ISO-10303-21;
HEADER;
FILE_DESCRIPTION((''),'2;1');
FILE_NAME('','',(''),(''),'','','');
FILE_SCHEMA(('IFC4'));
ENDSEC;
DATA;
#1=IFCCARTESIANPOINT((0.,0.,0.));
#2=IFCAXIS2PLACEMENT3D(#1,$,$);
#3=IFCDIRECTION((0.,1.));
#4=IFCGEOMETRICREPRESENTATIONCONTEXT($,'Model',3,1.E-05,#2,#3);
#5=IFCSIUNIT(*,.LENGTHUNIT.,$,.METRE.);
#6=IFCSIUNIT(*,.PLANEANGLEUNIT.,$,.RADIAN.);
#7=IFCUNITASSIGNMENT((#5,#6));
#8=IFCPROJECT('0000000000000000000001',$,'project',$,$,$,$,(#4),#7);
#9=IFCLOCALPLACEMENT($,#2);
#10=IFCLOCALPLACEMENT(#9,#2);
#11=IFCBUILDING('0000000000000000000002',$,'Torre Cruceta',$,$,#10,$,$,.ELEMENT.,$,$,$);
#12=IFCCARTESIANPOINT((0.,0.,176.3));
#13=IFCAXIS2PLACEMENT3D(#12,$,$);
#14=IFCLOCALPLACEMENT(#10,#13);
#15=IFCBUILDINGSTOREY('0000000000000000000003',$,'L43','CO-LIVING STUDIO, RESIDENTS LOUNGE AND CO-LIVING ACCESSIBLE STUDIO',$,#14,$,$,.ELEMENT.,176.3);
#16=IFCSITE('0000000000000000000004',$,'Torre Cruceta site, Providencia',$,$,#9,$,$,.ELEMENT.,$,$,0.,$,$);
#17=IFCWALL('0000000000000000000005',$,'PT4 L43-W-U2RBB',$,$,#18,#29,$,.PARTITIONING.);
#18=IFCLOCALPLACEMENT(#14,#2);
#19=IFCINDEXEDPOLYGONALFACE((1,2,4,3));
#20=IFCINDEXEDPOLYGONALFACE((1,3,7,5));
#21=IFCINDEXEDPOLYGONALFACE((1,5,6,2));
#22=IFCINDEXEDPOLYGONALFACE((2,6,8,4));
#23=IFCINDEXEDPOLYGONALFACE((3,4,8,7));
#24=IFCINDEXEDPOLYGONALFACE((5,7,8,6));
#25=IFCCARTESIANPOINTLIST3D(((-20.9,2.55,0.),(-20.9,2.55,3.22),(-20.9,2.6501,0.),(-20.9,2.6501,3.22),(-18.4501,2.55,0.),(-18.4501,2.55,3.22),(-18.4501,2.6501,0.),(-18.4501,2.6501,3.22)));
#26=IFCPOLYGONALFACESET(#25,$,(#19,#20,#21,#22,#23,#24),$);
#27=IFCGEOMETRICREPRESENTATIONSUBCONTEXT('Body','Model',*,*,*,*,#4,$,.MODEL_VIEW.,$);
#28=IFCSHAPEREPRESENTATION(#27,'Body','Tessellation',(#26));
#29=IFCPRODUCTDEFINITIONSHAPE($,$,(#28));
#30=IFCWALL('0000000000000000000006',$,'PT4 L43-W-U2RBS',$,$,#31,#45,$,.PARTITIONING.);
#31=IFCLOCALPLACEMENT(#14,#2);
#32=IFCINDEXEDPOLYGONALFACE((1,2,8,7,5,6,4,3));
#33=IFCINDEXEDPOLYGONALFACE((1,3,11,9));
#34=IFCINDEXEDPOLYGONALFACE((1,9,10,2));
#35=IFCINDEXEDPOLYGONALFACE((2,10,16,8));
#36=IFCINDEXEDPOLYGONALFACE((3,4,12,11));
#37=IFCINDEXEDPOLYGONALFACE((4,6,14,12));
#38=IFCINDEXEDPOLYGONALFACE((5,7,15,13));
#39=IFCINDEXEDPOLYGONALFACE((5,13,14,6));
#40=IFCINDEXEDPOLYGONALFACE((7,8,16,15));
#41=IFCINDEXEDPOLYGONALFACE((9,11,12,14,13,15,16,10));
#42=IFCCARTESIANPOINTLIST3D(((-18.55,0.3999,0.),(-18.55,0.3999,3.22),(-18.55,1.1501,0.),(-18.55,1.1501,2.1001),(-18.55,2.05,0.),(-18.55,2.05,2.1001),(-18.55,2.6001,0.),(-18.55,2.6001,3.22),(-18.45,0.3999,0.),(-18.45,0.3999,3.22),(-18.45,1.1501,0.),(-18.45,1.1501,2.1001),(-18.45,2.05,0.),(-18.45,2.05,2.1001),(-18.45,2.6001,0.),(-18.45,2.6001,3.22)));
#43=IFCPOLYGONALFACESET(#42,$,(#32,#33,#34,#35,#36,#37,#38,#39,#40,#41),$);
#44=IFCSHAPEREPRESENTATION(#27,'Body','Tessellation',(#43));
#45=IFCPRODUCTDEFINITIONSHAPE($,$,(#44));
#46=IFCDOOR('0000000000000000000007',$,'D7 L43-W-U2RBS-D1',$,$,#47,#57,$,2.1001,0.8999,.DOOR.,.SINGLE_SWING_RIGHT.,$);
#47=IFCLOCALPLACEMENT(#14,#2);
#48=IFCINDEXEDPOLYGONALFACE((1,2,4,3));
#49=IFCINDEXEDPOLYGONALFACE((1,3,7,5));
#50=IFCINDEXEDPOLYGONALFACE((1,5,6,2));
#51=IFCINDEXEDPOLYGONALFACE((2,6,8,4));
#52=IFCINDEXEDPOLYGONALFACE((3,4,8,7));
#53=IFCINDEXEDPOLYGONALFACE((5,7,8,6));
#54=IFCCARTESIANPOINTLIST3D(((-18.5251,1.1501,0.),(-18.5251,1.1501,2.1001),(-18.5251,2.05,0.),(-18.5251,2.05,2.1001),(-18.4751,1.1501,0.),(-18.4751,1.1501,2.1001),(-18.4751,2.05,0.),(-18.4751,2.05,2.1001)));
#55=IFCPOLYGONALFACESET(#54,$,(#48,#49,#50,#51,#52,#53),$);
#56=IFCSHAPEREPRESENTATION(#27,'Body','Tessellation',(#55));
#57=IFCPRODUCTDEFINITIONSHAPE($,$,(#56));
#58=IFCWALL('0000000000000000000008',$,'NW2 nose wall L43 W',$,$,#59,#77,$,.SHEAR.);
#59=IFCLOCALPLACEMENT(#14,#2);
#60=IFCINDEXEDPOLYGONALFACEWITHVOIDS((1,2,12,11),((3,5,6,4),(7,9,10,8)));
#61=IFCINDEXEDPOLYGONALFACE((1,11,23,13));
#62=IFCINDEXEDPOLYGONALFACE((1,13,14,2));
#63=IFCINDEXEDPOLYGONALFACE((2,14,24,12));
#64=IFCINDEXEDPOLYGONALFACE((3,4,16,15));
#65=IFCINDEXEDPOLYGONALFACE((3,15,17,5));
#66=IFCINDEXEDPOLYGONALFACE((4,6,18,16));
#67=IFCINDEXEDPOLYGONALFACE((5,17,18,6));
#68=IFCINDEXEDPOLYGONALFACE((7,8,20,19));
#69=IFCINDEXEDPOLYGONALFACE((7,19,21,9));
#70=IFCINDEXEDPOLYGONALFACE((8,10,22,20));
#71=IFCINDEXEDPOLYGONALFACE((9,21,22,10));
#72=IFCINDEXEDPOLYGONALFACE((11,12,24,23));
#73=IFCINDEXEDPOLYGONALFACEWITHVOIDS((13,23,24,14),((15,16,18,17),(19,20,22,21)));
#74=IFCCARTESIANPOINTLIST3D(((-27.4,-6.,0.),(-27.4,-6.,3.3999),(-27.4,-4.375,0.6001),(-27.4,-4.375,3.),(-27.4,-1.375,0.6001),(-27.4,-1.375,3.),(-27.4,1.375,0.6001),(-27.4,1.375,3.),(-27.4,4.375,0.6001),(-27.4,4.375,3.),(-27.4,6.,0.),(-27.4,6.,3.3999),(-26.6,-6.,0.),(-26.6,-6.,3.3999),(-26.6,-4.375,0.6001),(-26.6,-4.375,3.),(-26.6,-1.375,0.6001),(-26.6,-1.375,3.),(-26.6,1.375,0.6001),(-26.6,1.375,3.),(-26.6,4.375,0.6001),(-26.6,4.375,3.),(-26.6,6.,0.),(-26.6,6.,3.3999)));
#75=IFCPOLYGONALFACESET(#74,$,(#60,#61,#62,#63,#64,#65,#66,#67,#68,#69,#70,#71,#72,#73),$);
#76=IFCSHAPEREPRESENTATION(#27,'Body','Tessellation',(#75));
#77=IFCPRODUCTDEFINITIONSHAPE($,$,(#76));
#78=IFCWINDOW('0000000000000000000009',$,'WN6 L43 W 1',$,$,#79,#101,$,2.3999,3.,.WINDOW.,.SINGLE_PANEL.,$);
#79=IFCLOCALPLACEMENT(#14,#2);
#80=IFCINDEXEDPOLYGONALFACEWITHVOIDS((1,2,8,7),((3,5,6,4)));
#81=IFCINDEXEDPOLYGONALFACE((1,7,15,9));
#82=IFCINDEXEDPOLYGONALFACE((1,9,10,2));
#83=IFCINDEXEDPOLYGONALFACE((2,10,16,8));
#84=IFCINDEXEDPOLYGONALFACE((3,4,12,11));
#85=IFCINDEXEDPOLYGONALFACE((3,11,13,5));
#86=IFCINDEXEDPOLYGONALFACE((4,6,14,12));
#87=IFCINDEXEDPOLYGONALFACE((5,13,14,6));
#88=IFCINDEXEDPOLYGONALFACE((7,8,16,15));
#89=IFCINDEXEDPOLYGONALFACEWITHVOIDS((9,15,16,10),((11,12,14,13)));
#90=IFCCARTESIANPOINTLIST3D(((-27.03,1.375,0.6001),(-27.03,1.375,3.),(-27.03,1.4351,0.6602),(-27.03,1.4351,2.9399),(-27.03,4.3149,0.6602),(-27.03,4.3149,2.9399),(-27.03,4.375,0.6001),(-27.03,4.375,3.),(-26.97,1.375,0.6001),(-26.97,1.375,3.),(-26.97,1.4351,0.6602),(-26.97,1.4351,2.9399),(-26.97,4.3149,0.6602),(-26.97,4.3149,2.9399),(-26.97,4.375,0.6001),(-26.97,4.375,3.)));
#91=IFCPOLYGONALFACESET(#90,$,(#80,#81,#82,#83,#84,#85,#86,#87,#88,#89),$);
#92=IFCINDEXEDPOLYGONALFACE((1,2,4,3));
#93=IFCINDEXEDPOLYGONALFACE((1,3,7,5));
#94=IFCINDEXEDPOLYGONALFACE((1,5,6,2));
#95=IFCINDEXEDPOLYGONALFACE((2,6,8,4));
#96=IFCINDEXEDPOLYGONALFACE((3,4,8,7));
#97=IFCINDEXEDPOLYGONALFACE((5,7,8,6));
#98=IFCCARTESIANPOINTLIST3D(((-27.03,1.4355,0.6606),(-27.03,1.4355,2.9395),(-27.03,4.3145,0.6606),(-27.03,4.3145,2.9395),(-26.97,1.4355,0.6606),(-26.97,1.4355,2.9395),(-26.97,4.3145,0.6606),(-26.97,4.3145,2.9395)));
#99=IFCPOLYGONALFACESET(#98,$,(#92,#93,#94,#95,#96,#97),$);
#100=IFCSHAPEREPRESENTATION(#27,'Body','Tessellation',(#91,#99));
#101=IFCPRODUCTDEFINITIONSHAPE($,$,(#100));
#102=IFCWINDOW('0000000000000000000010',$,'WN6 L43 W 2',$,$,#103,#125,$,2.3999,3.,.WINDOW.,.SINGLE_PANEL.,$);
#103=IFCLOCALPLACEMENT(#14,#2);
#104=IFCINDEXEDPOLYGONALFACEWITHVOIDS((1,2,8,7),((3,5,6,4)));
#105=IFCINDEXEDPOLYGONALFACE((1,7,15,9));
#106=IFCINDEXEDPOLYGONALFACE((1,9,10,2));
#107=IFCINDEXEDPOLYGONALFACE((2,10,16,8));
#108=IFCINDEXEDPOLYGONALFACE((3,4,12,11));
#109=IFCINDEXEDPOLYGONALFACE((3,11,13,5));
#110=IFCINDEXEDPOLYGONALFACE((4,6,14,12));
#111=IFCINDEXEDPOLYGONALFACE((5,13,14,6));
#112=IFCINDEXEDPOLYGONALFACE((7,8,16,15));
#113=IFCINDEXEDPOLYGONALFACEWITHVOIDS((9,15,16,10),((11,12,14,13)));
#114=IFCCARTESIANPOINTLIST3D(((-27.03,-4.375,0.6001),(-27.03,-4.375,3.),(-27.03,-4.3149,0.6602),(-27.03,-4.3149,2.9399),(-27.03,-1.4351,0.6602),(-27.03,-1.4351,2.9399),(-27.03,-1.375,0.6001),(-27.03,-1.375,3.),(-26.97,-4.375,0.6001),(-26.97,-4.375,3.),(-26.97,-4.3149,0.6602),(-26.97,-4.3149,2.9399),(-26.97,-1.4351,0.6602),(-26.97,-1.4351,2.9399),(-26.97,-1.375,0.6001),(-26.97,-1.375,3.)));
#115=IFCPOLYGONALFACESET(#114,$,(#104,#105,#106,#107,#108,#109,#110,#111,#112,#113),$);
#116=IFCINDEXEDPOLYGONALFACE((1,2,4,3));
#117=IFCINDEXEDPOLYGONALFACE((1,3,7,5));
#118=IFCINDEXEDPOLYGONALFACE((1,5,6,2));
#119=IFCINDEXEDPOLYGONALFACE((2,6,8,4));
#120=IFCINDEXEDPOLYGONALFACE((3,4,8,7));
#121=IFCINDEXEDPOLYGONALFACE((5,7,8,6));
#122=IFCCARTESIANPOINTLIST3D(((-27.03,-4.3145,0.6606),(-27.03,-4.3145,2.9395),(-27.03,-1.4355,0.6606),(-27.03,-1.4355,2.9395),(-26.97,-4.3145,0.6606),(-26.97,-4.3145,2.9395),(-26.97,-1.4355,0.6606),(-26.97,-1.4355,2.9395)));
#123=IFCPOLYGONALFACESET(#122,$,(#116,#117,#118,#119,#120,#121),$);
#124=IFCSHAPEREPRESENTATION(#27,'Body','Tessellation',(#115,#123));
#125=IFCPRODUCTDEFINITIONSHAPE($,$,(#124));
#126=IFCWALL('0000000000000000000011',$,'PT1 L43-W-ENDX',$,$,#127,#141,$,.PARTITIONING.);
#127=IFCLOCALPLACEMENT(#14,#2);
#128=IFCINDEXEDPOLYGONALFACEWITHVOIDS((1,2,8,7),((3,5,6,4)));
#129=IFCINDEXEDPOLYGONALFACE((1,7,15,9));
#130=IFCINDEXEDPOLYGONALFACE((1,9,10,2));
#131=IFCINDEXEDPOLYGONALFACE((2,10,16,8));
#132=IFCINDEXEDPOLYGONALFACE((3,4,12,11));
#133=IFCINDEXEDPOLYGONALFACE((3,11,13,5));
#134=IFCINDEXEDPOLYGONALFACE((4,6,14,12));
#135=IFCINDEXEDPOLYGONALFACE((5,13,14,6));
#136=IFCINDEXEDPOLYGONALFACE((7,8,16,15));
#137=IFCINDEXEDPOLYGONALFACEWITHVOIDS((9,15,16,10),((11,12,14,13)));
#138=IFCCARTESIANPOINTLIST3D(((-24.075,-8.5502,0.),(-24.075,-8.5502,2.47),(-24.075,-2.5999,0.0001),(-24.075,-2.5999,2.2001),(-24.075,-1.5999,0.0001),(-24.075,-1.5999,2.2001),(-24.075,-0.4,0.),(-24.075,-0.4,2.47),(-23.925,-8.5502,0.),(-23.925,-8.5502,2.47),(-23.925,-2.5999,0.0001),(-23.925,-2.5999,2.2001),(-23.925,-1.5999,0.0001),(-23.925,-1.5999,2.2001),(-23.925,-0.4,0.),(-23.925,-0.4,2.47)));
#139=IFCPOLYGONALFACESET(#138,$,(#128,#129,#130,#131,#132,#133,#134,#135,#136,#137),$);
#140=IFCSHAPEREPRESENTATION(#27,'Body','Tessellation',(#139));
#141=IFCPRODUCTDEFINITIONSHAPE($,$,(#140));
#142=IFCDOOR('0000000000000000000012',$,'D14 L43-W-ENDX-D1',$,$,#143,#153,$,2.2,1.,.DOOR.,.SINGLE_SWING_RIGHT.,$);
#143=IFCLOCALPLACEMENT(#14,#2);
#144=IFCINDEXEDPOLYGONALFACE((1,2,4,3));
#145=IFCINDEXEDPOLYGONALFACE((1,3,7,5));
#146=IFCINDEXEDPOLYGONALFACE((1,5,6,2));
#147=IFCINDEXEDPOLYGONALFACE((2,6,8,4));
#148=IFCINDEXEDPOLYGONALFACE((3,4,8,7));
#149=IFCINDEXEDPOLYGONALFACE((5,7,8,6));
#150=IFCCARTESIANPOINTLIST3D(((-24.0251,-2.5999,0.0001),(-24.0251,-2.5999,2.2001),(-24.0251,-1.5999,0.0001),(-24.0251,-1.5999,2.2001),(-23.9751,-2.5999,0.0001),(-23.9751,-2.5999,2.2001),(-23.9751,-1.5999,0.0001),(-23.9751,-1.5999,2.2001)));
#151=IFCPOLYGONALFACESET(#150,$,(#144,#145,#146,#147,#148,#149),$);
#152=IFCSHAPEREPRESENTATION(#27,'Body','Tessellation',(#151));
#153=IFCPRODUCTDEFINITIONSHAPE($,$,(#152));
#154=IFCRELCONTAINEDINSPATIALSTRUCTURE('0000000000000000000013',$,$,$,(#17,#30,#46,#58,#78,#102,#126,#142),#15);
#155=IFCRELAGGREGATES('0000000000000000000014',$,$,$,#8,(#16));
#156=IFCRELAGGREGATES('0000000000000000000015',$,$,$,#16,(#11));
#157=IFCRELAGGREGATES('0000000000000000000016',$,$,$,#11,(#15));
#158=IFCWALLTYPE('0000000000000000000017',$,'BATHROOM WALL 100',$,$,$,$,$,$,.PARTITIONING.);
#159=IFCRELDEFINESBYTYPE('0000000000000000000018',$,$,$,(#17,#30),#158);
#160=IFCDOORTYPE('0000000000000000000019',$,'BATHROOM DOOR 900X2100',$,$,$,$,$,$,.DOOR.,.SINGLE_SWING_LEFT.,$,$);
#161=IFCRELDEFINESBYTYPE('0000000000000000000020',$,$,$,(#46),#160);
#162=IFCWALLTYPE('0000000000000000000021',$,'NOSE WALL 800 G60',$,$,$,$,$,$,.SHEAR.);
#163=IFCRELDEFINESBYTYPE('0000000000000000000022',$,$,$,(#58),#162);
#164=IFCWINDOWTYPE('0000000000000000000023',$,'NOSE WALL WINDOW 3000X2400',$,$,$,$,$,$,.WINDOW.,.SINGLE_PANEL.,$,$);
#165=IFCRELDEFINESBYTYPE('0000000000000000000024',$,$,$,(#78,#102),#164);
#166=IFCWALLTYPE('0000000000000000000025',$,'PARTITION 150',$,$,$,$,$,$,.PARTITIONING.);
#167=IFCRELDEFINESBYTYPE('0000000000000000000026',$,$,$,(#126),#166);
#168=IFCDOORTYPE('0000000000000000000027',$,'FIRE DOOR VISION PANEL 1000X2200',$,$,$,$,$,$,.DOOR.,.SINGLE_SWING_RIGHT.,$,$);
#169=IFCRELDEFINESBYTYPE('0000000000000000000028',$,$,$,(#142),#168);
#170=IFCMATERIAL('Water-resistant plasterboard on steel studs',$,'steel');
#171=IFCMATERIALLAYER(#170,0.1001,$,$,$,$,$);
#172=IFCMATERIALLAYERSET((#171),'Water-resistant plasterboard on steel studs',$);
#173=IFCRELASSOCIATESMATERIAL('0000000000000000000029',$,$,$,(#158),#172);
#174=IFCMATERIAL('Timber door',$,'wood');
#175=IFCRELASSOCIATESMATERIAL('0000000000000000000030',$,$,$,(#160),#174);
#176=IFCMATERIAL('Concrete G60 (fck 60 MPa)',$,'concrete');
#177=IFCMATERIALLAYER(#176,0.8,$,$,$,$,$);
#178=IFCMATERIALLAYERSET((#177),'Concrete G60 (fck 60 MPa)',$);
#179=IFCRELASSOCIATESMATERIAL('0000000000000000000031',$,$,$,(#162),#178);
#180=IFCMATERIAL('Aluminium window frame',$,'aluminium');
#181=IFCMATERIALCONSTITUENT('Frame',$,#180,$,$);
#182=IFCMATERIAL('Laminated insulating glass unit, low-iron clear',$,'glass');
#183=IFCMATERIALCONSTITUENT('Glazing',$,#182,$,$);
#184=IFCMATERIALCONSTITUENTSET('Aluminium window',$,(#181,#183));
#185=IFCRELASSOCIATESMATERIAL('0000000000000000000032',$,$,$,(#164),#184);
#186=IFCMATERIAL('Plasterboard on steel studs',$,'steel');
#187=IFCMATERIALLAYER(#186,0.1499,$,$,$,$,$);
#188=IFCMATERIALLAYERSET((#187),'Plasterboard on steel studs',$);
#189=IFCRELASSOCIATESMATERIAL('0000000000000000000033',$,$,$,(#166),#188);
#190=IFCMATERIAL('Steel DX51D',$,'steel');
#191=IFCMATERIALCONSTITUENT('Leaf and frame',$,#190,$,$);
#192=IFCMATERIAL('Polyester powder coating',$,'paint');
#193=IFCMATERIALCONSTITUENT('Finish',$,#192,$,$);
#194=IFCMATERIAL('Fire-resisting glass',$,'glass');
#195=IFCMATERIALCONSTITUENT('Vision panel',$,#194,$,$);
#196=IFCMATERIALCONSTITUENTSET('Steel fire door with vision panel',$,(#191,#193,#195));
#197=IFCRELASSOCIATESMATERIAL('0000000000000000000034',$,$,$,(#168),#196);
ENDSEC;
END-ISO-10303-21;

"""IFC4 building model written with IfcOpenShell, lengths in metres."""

from ifc_helpers import new_model, si_unit, direction, frame, frame_2d, origin, place, context, subcontext, project, spatial, rectangle, hollow_rectangle, extrude, material, layer, layer_set, constituent, constituent_set, type_object, element, fill, save


model = new_model("IFC4")

# Units and contexts
model_context = context("Model", 3, precision=1e-05, world=origin(), true_north=direction((0.0, 1.0)))
body_context = subcontext(model_context, "Body", "Model", "MODEL_VIEW")
ifc_project = project(units=[si_unit("LENGTHUNIT", "METRE"), si_unit("PLANEANGLEUNIT", "RADIAN")], contexts=[model_context])

# Site, building, storey
site_placement = place(None, origin())
site = spatial("IfcSite", under=ifc_project, at=site_placement, Name="Torre Cruceta site, Providencia", CompositionType="ELEMENT", RefElevation=0.0)
building_placement = place(site_placement, origin())
building = spatial("IfcBuilding", under=site, at=building_placement, Name="Torre Cruceta", CompositionType="ELEMENT")
storey_placement = place(building_placement, frame((0.0, 0.0, 176.3)))
storey = spatial("IfcBuildingStorey", under=building, at=storey_placement, Name="L43", Description="CO-LIVING STUDIO, RESIDENTS LOUNGE AND CO-LIVING ACCESSIBLE STUDIO", CompositionType="ELEMENT", Elevation=176.3)

# Wall
ifc_material_1 = material(Name="Water-resistant plasterboard on steel studs", Category="steel")
ifc_layer_1 = layer(ifc_material_1, 0.1001)
ifc_layer_set_1 = layer_set([ifc_layer_1], Name="Water-resistant plasterboard on steel studs")
wall_type_1 = type_object("IfcWallType", Name="BATHROOM WALL 100", PredefinedType="PARTITIONING", material=ifc_layer_set_1)
wall_1_placement = place(storey_placement, frame((-18.45, 2.6001, 0.0), z_axis=(0.0, 0.0, 1.0), x_axis=(-1.0, 0.0, 0.0)))
element("IfcWall", 1, at=wall_1_placement, inside=storey, type_object=wall_type_1, Name="PT4 L43-W-U2RBB", PredefinedType="PARTITIONING", context=body_context, shape_type="SweptSolid", body=[
    extrude(rectangle(XDim=2.45, YDim=0.1001, at=frame_2d((1.2251, 0.0))), origin(), (0.0, 0.0, 1.0), 3.22),
])

# Wall, opening, door
wall_2_placement = place(storey_placement, frame((-18.5, 2.6001, 0.0), z_axis=(0.0, 0.0, 1.0), x_axis=(0.0, -1.0, 0.0)))
wall_2 = element("IfcWall", 2, at=wall_2_placement, inside=storey, type_object=wall_type_1, Name="PT4 L43-W-U2RBS", PredefinedType="PARTITIONING", context=body_context, shape_type="SweptSolid", body=[
    extrude(rectangle(XDim=2.2002, YDim=0.1001, at=frame_2d((1.1001, 0.0))), origin(), (0.0, 0.0, 1.0), 3.22),
])
opening_1_placement = place(wall_2_placement, frame((0.55, 0.0, 0.0)))
opening_1 = element("IfcOpeningElement", 3, at=opening_1_placement, cuts=wall_2, PredefinedType="OPENING", context=body_context, shape_type="SweptSolid", body=[
    extrude(rectangle(XDim=0.8999, YDim=2.1001, at=frame_2d((0.45, 1.05))), frame((0.0, 0.0601, 0.0), z_axis=(0.0, -1.0, 0.0), x_axis=(1.0, 0.0, 0.0)), (0.0, 0.0, 1.0), 0.1201),
])
ifc_material_2 = material(Name="Timber door", Category="wood")
door_type_1 = type_object("IfcDoorType", Name="BATHROOM DOOR 900X2100", OperationType="SINGLE_SWING_LEFT", PredefinedType="DOOR", material=ifc_material_2)
door_1_placement = place(opening_1_placement, frame((0.8999, 0.0, 0.0), z_axis=(0.0, 0.0, 1.0), x_axis=(-1.0, 0.0, 0.0)))
door_1 = element("IfcDoor", 4, at=door_1_placement, inside=storey, type_object=door_type_1, Name="D7 L43-W-U2RBS-D1", OperationType="SINGLE_SWING_RIGHT", OverallHeight=2.1001, OverallWidth=0.8999, PredefinedType="DOOR", context=body_context, shape_type="SweptSolid", body=[
    extrude(rectangle(XDim=0.8999, YDim=2.1001, at=frame_2d((0.45, 1.05))), frame((0.0, 0.0251, 0.0), z_axis=(0.0, -1.0, 0.0), x_axis=(1.0, 0.0, 0.0)), (0.0, 0.0, 1.0), 0.05),
])
fill(opening_1, door_1)

# Wall, openings, windows
ifc_material_3 = material(Name="Concrete G60 (fck 60 MPa)", Category="concrete")
ifc_layer_2 = layer(ifc_material_3, 0.8)
ifc_layer_set_2 = layer_set([ifc_layer_2], Name="Concrete G60 (fck 60 MPa)")
wall_type_2 = type_object("IfcWallType", Name="NOSE WALL 800 G60", PredefinedType="SHEAR", material=ifc_layer_set_2)
wall_3_placement = place(storey_placement, frame((-27.0, 6.0, 0.0), z_axis=(0.0, 0.0, 1.0), x_axis=(0.0, -1.0, 0.0)))
wall_3 = element("IfcWall", 5, at=wall_3_placement, inside=storey, type_object=wall_type_2, Name="NW2 nose wall L43 W", PredefinedType="SHEAR", context=body_context, shape_type="SweptSolid", body=[
    extrude(rectangle(XDim=12.0, YDim=0.8, at=frame_2d((6.0, 0.0))), origin(), (0.0, 0.0, 1.0), 3.3999),
])
opening_2_placement = place(wall_3_placement, frame((1.625, 0.0, 0.6001)))
opening_2 = element("IfcOpeningElement", 6, at=opening_2_placement, cuts=wall_3, PredefinedType="OPENING", context=body_context, shape_type="SweptSolid", body=[
    extrude(rectangle(XDim=3.0, YDim=2.3999, at=frame_2d((1.5, 1.2))), frame((0.0, 0.4099, 0.0), z_axis=(0.0, -1.0, 0.0), x_axis=(1.0, 0.0, 0.0)), (0.0, 0.0, 1.0), 0.8201),
])
opening_3_placement = place(wall_3_placement, frame((7.375, 0.0, 0.6001)))
opening_3 = element("IfcOpeningElement", 7, at=opening_3_placement, cuts=wall_3, PredefinedType="OPENING", context=body_context, shape_type="SweptSolid", body=[
    extrude(rectangle(XDim=3.0, YDim=2.3999, at=frame_2d((1.5, 1.2))), frame((0.0, 0.4099, 0.0), z_axis=(0.0, -1.0, 0.0), x_axis=(1.0, 0.0, 0.0)), (0.0, 0.0, 1.0), 0.8201),
])
ifc_material_4 = material(Name="Aluminium window frame", Category="aluminium")
ifc_constituent_1 = constituent(ifc_material_4, Name="Frame")
ifc_material_5 = material(Name="Laminated insulating glass unit, low-iron clear", Category="glass")
ifc_constituent_2 = constituent(ifc_material_5, Name="Glazing")
ifc_constituent_set_1 = constituent_set(constituents=[ifc_constituent_1, ifc_constituent_2], Name="Aluminium window")
window_type = type_object("IfcWindowType", Name="NOSE WALL WINDOW 3000X2400", PartitioningType="SINGLE_PANEL", PredefinedType="WINDOW", material=ifc_constituent_set_1)
window_1_placement = place(opening_2_placement, origin())
window_1 = element("IfcWindow", 8, at=window_1_placement, inside=storey, type_object=window_type, Name="WN6 L43 W 1", OverallHeight=2.3999, OverallWidth=3.0, PartitioningType="SINGLE_PANEL", PredefinedType="WINDOW", context=body_context, shape_type="SweptSolid", body=[
    extrude(hollow_rectangle(XDim=3.0, YDim=2.3999, WallThickness=0.0601, at=frame_2d((1.5, 1.2))), frame((0.0, 0.03, 0.0), z_axis=(0.0, -1.0, 0.0), x_axis=(1.0, 0.0, 0.0)), (0.0, 0.0, 1.0), 0.0601),
    extrude(rectangle(XDim=2.8789, YDim=2.2788, at=frame_2d((1.5, 1.2))), frame((0.0, 0.03, 0.0), z_axis=(0.0, -1.0, 0.0), x_axis=(1.0, 0.0, 0.0)), (0.0, 0.0, 1.0), 0.0601),
])
fill(opening_2, window_1)
window_2_placement = place(opening_3_placement, origin())
window_2 = element("IfcWindow", 9, at=window_2_placement, inside=storey, type_object=window_type, Name="WN6 L43 W 2", OverallHeight=2.3999, OverallWidth=3.0, PartitioningType="SINGLE_PANEL", PredefinedType="WINDOW", context=body_context, shape_type="SweptSolid", body=[
    extrude(hollow_rectangle(XDim=3.0, YDim=2.3999, WallThickness=0.0601, at=frame_2d((1.5, 1.2))), frame((0.0, 0.03, 0.0), z_axis=(0.0, -1.0, 0.0), x_axis=(1.0, 0.0, 0.0)), (0.0, 0.0, 1.0), 0.0601),
    extrude(rectangle(XDim=2.8789, YDim=2.2788, at=frame_2d((1.5, 1.2))), frame((0.0, 0.03, 0.0), z_axis=(0.0, -1.0, 0.0), x_axis=(1.0, 0.0, 0.0)), (0.0, 0.0, 1.0), 0.0601),
])
fill(opening_3, window_2)

# Wall, opening, door
ifc_material_6 = material(Name="Plasterboard on steel studs", Category="steel")
ifc_layer_3 = layer(ifc_material_6, 0.1499)
ifc_layer_set_3 = layer_set([ifc_layer_3], Name="Plasterboard on steel studs")
wall_type_3 = type_object("IfcWallType", Name="PARTITION 150", PredefinedType="PARTITIONING", material=ifc_layer_set_3)
wall_4_placement = place(storey_placement, frame((-24.0, -0.3999, 0.0), z_axis=(0.0, 0.0, 1.0), x_axis=(0.0, -1.0, 0.0)))
wall_4 = element("IfcWall", 10, at=wall_4_placement, inside=storey, type_object=wall_type_3, Name="PT1 L43-W-ENDX", PredefinedType="PARTITIONING", context=body_context, shape_type="SweptSolid", body=[
    extrude(rectangle(XDim=8.1501, YDim=0.1499, at=frame_2d((4.0752, 0.0))), origin(), (0.0, 0.0, 1.0), 2.47),
])
opening_4_placement = place(wall_4_placement, frame((1.2, 0.0, 0.0)))
opening_4 = element("IfcOpeningElement", 11, at=opening_4_placement, cuts=wall_4, PredefinedType="OPENING", context=body_context, shape_type="SweptSolid", body=[
    extrude(rectangle(XDim=1.0, YDim=2.2, at=frame_2d((0.5, 1.1001))), frame((0.0, 0.085, 0.0), z_axis=(0.0, -1.0, 0.0), x_axis=(1.0, 0.0, 0.0)), (0.0, 0.0, 1.0), 0.1699),
])
ifc_material_7 = material(Name="Steel DX51D", Category="steel")
ifc_constituent_3 = constituent(ifc_material_7, Name="Leaf and frame")
ifc_material_8 = material(Name="Polyester powder coating", Category="paint")
ifc_constituent_4 = constituent(ifc_material_8, Name="Finish")
ifc_material_9 = material(Name="Fire-resisting glass", Category="glass")
ifc_constituent_5 = constituent(ifc_material_9, Name="Vision panel")
ifc_constituent_set_2 = constituent_set(constituents=[ifc_constituent_3, ifc_constituent_4, ifc_constituent_5], Name="Steel fire door with vision panel")
door_type_2 = type_object("IfcDoorType", Name="FIRE DOOR VISION PANEL 1000X2200", OperationType="SINGLE_SWING_RIGHT", PredefinedType="DOOR", material=ifc_constituent_set_2)
door_2_placement = place(opening_4_placement, frame((1.0, 0.0, 0.0), z_axis=(0.0, 0.0, 1.0), x_axis=(-1.0, 0.0, 0.0)))
door_2 = element("IfcDoor", 12, at=door_2_placement, inside=storey, type_object=door_type_2, Name="D14 L43-W-ENDX-D1", OperationType="SINGLE_SWING_RIGHT", OverallHeight=2.2, OverallWidth=1.0, PredefinedType="DOOR", context=body_context, shape_type="SweptSolid", body=[
    extrude(rectangle(XDim=1.0, YDim=2.2, at=frame_2d((0.5, 1.1001))), frame((0.0, 0.0251, 0.0), z_axis=(0.0, -1.0, 0.0), x_axis=(1.0, 0.0, 0.0)), (0.0, 0.0, 1.0), 0.05),
])
fill(opening_4, door_2)

save(model, "model.ifc")
